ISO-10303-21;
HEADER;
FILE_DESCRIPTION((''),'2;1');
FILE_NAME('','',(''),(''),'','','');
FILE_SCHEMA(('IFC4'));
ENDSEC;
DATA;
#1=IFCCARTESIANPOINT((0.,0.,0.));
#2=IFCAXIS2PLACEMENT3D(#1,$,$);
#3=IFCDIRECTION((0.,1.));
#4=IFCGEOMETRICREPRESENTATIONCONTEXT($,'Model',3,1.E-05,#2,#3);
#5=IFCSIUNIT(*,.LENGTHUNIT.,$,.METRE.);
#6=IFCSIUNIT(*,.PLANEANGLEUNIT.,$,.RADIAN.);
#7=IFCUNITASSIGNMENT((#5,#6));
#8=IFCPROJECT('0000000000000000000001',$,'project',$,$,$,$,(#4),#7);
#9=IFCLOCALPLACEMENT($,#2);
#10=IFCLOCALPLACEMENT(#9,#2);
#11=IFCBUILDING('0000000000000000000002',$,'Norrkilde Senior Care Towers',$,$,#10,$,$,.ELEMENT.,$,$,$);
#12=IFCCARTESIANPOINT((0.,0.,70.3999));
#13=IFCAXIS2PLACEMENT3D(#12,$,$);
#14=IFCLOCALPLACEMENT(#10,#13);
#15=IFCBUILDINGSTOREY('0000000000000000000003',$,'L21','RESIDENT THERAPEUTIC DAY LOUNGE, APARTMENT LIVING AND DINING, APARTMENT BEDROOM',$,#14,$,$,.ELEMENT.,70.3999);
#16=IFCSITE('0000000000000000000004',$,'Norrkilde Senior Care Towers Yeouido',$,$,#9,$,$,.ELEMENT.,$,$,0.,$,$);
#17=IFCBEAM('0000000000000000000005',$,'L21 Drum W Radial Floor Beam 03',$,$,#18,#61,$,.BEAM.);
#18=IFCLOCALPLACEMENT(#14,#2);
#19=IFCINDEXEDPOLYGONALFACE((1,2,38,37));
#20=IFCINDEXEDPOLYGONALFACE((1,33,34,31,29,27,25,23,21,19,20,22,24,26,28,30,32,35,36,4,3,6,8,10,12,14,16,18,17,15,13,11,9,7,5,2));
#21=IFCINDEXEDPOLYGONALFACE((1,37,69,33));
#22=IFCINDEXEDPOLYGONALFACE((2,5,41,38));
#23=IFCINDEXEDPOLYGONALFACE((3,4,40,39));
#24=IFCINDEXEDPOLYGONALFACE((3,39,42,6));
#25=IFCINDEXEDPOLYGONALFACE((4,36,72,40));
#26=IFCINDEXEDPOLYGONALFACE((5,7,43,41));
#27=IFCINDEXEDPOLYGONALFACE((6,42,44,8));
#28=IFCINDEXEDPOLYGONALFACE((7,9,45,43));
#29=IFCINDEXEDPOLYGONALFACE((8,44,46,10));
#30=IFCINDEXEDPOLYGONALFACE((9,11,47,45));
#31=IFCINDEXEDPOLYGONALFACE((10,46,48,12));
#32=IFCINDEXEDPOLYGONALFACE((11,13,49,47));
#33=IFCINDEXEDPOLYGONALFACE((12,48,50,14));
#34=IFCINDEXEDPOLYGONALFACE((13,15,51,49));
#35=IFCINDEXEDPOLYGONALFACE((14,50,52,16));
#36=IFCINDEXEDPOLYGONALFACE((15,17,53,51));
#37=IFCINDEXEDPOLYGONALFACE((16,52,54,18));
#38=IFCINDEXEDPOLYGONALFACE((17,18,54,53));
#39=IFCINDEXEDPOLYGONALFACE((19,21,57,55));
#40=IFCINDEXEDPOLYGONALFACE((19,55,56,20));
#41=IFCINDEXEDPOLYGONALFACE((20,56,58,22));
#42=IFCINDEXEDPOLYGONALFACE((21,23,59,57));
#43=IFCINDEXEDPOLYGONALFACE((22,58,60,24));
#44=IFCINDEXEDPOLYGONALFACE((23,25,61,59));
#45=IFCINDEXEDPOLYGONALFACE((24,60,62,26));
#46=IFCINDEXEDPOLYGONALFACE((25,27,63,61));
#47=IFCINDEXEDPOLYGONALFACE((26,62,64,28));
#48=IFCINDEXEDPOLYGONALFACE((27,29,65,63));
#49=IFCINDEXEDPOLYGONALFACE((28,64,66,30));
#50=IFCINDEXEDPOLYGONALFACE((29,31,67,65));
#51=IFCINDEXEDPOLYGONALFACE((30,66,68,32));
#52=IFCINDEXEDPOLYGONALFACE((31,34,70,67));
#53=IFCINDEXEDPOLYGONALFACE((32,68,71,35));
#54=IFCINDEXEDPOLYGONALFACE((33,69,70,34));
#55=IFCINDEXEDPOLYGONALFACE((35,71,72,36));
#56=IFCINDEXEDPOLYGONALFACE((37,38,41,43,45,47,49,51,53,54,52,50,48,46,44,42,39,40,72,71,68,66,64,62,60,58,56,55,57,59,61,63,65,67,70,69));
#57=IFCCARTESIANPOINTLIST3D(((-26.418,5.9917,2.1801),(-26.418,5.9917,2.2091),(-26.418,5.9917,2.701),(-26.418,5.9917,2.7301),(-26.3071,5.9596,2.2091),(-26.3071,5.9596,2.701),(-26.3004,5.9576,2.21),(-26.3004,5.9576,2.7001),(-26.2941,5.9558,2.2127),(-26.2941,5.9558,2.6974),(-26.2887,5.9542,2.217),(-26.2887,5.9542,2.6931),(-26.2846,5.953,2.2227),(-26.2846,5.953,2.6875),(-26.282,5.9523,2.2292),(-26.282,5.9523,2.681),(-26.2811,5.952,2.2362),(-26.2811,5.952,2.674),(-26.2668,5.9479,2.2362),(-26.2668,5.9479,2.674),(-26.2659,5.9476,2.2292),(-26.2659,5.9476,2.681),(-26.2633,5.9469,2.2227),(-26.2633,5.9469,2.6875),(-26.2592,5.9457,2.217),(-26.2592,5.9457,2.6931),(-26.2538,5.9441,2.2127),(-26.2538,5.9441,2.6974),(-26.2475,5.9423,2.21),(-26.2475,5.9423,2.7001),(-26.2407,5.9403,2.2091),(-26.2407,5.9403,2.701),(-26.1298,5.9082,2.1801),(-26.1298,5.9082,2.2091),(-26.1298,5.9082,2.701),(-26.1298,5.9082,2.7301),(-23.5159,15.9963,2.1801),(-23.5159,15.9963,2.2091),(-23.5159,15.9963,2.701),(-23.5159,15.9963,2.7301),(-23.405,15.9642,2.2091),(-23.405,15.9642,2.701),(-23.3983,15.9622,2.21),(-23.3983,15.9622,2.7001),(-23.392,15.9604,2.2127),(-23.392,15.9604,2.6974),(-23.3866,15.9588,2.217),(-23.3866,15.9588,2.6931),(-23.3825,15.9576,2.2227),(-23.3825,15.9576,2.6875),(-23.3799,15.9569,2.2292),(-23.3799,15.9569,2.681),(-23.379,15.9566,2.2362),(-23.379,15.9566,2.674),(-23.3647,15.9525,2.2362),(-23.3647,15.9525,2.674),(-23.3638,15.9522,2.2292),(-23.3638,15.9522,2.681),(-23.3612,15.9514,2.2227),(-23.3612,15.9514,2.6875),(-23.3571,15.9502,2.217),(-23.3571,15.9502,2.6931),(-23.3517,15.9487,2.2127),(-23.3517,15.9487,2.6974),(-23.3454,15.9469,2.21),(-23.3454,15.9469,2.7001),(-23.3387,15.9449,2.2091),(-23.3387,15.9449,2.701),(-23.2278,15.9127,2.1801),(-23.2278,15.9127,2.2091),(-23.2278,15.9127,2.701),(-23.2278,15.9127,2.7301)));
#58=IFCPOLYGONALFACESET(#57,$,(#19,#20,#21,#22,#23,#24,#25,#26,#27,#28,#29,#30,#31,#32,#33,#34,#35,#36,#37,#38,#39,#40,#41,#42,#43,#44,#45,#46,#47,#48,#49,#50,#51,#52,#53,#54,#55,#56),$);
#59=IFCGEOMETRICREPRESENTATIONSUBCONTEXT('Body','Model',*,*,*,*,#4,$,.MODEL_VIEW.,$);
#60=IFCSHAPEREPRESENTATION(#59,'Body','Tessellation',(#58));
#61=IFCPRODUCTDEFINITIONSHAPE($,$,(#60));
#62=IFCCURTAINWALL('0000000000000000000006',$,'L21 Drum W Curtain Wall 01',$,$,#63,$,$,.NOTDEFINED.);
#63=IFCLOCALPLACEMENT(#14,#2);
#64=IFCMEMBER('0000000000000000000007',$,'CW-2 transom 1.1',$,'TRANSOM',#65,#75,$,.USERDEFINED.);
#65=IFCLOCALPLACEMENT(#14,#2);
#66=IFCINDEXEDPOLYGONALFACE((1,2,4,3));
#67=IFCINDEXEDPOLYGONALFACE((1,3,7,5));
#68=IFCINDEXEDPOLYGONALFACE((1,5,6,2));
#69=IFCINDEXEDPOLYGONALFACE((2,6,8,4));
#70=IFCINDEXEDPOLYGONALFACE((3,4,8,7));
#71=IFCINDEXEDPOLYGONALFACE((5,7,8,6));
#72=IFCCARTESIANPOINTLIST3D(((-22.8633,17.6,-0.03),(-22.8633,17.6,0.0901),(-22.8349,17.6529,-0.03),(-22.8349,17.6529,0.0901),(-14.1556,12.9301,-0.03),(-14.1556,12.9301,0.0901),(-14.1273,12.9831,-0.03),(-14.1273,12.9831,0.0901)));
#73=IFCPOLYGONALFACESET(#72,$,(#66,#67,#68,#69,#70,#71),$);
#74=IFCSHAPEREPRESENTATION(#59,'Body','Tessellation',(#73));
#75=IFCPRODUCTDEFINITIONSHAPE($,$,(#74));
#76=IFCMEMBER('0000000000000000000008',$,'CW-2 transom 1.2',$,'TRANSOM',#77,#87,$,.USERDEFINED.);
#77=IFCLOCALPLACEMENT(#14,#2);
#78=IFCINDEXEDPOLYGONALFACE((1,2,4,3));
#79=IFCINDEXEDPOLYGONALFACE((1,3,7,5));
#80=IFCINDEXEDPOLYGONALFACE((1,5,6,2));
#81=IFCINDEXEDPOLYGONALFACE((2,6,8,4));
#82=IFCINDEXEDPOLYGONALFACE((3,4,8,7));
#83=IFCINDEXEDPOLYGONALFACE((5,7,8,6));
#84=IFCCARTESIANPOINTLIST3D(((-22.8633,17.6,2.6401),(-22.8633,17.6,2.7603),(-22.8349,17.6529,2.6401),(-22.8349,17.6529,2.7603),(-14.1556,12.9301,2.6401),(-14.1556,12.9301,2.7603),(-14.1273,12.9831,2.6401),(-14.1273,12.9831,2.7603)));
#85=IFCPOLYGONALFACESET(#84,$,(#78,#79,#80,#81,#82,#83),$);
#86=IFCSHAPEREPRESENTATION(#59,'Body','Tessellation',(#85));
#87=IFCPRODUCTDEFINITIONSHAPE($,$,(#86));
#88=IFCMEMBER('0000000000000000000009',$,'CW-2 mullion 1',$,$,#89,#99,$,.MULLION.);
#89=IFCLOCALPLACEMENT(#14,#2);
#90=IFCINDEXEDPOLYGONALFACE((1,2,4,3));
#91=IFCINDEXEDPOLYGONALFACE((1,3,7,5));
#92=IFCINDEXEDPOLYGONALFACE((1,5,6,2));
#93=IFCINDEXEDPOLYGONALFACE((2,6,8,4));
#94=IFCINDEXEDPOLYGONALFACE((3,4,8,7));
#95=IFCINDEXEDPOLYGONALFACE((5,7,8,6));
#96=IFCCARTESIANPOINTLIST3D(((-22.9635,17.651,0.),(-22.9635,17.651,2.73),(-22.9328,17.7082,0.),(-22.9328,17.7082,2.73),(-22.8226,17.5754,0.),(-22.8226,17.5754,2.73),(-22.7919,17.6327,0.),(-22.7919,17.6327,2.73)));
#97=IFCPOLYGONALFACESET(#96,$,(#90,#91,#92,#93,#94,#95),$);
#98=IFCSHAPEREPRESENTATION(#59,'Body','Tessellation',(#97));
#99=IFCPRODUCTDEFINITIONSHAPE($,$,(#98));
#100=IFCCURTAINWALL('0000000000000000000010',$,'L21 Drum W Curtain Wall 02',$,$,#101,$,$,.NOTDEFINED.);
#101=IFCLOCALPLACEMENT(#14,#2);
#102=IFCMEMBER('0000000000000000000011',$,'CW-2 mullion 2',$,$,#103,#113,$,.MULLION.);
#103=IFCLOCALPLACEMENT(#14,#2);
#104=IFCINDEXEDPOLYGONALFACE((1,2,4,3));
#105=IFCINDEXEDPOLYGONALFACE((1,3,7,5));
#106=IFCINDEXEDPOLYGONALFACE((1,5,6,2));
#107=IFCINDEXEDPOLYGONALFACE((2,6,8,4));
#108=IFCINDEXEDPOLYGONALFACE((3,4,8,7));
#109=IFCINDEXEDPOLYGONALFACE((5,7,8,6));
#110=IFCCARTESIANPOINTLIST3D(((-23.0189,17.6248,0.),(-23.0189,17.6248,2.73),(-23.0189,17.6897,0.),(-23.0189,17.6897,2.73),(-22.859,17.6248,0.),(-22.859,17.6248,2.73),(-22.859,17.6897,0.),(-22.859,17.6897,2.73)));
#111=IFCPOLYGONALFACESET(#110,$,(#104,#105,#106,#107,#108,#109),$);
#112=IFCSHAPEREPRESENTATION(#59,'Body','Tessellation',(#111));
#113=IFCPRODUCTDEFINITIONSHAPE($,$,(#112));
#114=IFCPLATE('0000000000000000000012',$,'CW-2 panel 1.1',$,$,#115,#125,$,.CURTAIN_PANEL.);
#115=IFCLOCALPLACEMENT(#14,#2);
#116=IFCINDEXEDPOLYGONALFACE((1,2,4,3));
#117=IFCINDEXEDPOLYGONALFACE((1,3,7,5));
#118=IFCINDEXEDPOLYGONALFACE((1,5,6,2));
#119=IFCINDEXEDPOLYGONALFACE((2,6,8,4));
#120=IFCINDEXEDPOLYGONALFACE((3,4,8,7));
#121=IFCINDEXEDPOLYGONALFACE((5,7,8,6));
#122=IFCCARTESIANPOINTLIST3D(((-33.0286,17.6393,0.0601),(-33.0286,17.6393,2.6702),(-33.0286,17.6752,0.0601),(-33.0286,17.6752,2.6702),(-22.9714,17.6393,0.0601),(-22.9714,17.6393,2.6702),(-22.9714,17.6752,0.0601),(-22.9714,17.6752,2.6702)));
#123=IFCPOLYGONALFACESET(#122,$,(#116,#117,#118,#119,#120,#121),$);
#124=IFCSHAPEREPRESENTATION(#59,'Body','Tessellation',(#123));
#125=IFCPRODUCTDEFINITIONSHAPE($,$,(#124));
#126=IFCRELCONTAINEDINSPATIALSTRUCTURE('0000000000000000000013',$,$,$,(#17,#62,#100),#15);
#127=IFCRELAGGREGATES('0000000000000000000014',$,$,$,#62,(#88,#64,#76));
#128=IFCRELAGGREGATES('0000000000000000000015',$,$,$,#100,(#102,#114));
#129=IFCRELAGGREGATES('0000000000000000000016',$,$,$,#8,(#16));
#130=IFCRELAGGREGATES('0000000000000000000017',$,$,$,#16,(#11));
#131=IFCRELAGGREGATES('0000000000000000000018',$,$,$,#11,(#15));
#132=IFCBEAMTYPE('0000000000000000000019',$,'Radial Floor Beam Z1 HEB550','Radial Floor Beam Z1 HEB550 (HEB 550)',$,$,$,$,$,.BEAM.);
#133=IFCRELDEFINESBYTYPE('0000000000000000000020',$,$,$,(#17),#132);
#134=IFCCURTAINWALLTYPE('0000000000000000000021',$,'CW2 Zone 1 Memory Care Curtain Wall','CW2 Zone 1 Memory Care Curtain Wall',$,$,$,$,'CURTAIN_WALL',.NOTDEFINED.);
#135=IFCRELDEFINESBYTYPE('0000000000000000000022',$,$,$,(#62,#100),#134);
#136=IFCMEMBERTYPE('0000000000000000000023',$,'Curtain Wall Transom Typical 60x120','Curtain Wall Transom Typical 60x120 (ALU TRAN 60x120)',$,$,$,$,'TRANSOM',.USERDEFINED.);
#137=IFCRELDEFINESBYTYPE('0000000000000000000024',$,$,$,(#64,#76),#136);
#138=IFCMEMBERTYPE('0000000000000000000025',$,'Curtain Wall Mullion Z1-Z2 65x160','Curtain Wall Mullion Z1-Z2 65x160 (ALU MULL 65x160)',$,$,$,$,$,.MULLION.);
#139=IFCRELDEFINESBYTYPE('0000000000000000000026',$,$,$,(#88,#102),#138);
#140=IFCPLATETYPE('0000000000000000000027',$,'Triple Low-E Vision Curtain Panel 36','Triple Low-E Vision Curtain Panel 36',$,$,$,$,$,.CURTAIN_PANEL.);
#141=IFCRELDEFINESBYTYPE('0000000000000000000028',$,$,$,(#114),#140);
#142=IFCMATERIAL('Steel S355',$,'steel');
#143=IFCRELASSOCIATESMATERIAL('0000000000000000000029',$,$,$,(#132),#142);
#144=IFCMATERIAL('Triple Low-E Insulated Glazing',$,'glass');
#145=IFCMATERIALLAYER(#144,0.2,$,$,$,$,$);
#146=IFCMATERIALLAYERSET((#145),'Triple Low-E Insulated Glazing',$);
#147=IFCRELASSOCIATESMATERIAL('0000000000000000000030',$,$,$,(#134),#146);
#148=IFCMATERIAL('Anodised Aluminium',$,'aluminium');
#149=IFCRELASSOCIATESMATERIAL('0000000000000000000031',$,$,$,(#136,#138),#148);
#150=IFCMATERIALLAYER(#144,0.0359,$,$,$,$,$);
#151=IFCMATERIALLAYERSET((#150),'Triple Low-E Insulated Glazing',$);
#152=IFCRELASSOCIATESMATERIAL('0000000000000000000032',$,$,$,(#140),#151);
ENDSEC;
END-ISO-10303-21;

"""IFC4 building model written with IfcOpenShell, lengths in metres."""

from ifc_helpers import new_model, si_unit, direction, frame, origin, origin_2d, place, context, subcontext, project, spatial, rectangle, i_section, extrude, source, transform, mapped, material, layer, layer_set, material_profile, profile_set, type_object, type_shapes, element, aggregate, save


model = new_model("IFC4")

# Units and contexts
model_context = context("Model", 3, precision=1e-05, world=origin(), true_north=direction((0.0, 1.0)))
body_context = subcontext(model_context, "Body", "Model", "MODEL_VIEW")
ifc_project = project(units=[si_unit("LENGTHUNIT", "METRE"), si_unit("PLANEANGLEUNIT", "RADIAN")], contexts=[model_context])

# Site, building, storey
site_placement = place(None, origin())
site = spatial("IfcSite", under=ifc_project, at=site_placement, Name="Norrkilde Senior Care Towers Yeouido", CompositionType="ELEMENT", RefElevation=0.0)
building_placement = place(site_placement, origin())
building = spatial("IfcBuilding", under=site, at=building_placement, Name="Norrkilde Senior Care Towers", CompositionType="ELEMENT")
storey_placement = place(building_placement, frame((0.0, 0.0, 70.3999)))
storey = spatial("IfcBuildingStorey", under=building, at=storey_placement, Name="L21", Description="RESIDENT THERAPEUTIC DAY LOUNGE, APARTMENT LIVING AND DINING, APARTMENT BEDROOM", CompositionType="ELEMENT", Elevation=70.3999)

# Beam
ifc_material_1 = material(Name="Steel S355", Category="steel")
ifc_material_profile_1 = material_profile(ifc_material_1, i_section(OverallWidth=0.3, OverallDepth=0.55, WebThickness=0.0149, FlangeThickness=0.0291, FilletRadius=0.0271, at=origin_2d()), Name="HEB 550")
ifc_profile_set_1 = profile_set([ifc_material_profile_1], Name="Steel S355")
beam_type_1 = type_object("IfcBeamType", Name="Radial Floor Beam Z1 HEB550", Description="Radial Floor Beam Z1 HEB550 (HEB 550)", PredefinedType="BEAM", material=ifc_profile_set_1)
shared_shape_1 = source(origin(), body_context, "Body", "SweptSolid", [
    extrude(i_section(OverallWidth=0.3, OverallDepth=0.55, WebThickness=0.0149, FlangeThickness=0.0291, FilletRadius=0.0271, at=origin_2d()), origin(), (0.0, 0.0, 1.0), 10.417),
])
beam_1_placement = place(storey_placement, frame((-26.2739, 5.95, 2.4551), z_axis=(0.278591, 0.96041, 0.0), x_axis=(-0.96041, 0.278591, 0.0)))
element("IfcBeam", 1, at=beam_1_placement, inside=storey, type_object=beam_type_1, Name="L21 Drum W Radial Floor Beam 03", PredefinedType="BEAM", context=body_context, shape_type="MappedRepresentation", body=[
    mapped(shared_shape_1, transform((0.0, 0.0, 0.0), x_axis=(1.0, 0.0, 0.0), y_axis=(0.0, 1.0, 0.0), z_axis=(0.0, 0.0, 1.0), scale=1.0)),
])

# Curtain wall, members
ifc_material_2 = material(Name="Triple Low-E Insulated Glazing", Category="glass")
ifc_layer_1 = layer(ifc_material_2, 0.2)
ifc_layer_set_1 = layer_set([ifc_layer_1], Name="Triple Low-E Insulated Glazing")
curtain_wall_type = type_object("IfcCurtainWallType", Name="CW2 Zone 1 Memory Care Curtain Wall", Description="CW2 Zone 1 Memory Care Curtain Wall", ElementType="CURTAIN_WALL", PredefinedType="NOTDEFINED", material=ifc_layer_set_1)
curtain_wall_1_placement = place(storey_placement, origin())
curtain_wall_1 = element("IfcCurtainWall", 2, at=curtain_wall_1_placement, inside=storey, type_object=curtain_wall_type, Name="L21 Drum W Curtain Wall 01", PredefinedType="NOTDEFINED")
ifc_material_3 = material(Name="Anodised Aluminium", Category="aluminium")
ifc_material_profile_2 = material_profile(ifc_material_3, rectangle(XDim=0.0601, YDim=0.1201, at=origin_2d()), Name="ALU TRAN 60x120")
ifc_profile_set_2 = profile_set([ifc_material_profile_2], Name="Anodised Aluminium")
member_type_1 = type_object("IfcMemberType", Name="Curtain Wall Transom Typical 60x120", Description="Curtain Wall Transom Typical 60x120 (ALU TRAN 60x120)", ElementType="TRANSOM", PredefinedType="USERDEFINED", material=ifc_profile_set_2)
shared_shape_2 = source(origin(), body_context, "Body", "SweptSolid", [
    extrude(rectangle(XDim=0.0601, YDim=0.1201, at=origin_2d()), origin(), (0.0, 0.0, 1.0), 9.8809),
])
type_shapes(member_type_1, [shared_shape_2])
member_1_placement = place(storey_placement, frame((-22.8491, 17.6265, 0.03), z_axis=(0.881267, -0.472618, 0.0), x_axis=(0.472618, 0.881267, 0.0)))
member_1 = element("IfcMember", 3, at=member_1_placement, type_object=member_type_1, Name="CW-2 transom 1.1", ObjectType="TRANSOM", PredefinedType="USERDEFINED", context=body_context, shape_type="MappedRepresentation", body=[
    mapped(shared_shape_2, transform((0.0, 0.0, 0.0), x_axis=(1.0, 0.0, 0.0), y_axis=(0.0, 1.0, 0.0), z_axis=(0.0, 0.0, 1.0), scale=1.0)),
])
member_2_placement = place(storey_placement, frame((-22.8491, 17.6265, 2.7002), z_axis=(0.881267, -0.472618, 0.0), x_axis=(0.472618, 0.881267, 0.0)))
member_2 = element("IfcMember", 4, at=member_2_placement, type_object=member_type_1, Name="CW-2 transom 1.2", ObjectType="TRANSOM", PredefinedType="USERDEFINED", context=body_context, shape_type="MappedRepresentation", body=[
    mapped(shared_shape_2, transform((0.0, 0.0, 0.0), x_axis=(1.0, 0.0, 0.0), y_axis=(0.0, 1.0, 0.0), z_axis=(0.0, 0.0, 1.0), scale=1.0)),
])
ifc_material_profile_3 = material_profile(ifc_material_3, rectangle(XDim=0.0649, YDim=0.1599, at=origin_2d()), Name="ALU MULL 65x160")
ifc_profile_set_3 = profile_set([ifc_material_profile_3], Name="Anodised Aluminium")
member_type_2 = type_object("IfcMemberType", Name="Curtain Wall Mullion Z1-Z2 65x160", Description="Curtain Wall Mullion Z1-Z2 65x160 (ALU MULL 65x160)", PredefinedType="MULLION", material=ifc_profile_set_3)
shared_shape_3 = source(origin(), body_context, "Body", "SweptSolid", [
    extrude(rectangle(XDim=0.0649, YDim=0.1599, at=origin_2d()), origin(), (0.0, 0.0, 1.0), 2.73),
])
type_shapes(member_type_2, [shared_shape_3])
member_3_placement = place(storey_placement, frame((-22.8777, 17.6418, 0.0), z_axis=(0.0, 0.0, 1.0), x_axis=(0.472608, 0.881273, 0.0)))
member_3 = element("IfcMember", 5, at=member_3_placement, type_object=member_type_2, Name="CW-2 mullion 1", PredefinedType="MULLION", context=body_context, shape_type="MappedRepresentation", body=[
    mapped(shared_shape_3, transform((0.0, 0.0, 0.0), x_axis=(1.0, 0.0, 0.0), y_axis=(0.0, 1.0, 0.0), z_axis=(0.0, 0.0, 1.0), scale=1.0)),
])
aggregate(curtain_wall_1, [member_3, member_1, member_2])

# Curtain wall, member, plate
curtain_wall_2_placement = place(storey_placement, origin())
curtain_wall_2 = element("IfcCurtainWall", 6, at=curtain_wall_2_placement, inside=storey, type_object=curtain_wall_type, Name="L21 Drum W Curtain Wall 02", PredefinedType="NOTDEFINED")
member_4_placement = place(storey_placement, frame((-22.939, 17.6572, 0.0), z_axis=(0.0, 0.0, 1.0), x_axis=(0.0, 1.0, 0.0)))
member_4 = element("IfcMember", 7, at=member_4_placement, type_object=member_type_2, Name="CW-2 mullion 2", PredefinedType="MULLION", context=body_context, shape_type="MappedRepresentation", body=[
    mapped(shared_shape_3, transform((0.0, 0.0, 0.0), x_axis=(1.0, 0.0, 0.0), y_axis=(0.0, 1.0, 0.0), z_axis=(0.0, 0.0, 1.0), scale=1.0)),
])
ifc_layer_2 = layer(ifc_material_2, 0.0359)
ifc_layer_set_2 = layer_set([ifc_layer_2], Name="Triple Low-E Insulated Glazing")
plate_type = type_object("IfcPlateType", Name="Triple Low-E Vision Curtain Panel 36", Description="Triple Low-E Vision Curtain Panel 36", PredefinedType="CURTAIN_PANEL", material=ifc_layer_set_2)
shared_shape_4 = source(origin(), body_context, "Body", "SweptSolid", [
    extrude(rectangle(XDim=10.0571, YDim=0.0359, at=origin_2d()), origin(), (0.0, 0.0, 1.0), 2.6101),
])
type_shapes(plate_type, [shared_shape_4])
plate_placement = place(storey_placement, frame((-28.0, 17.6572, 0.0601), z_axis=(0.0, 0.0, 1.0), x_axis=(1.0, 0.0, 0.0)))
plate = element("IfcPlate", 8, at=plate_placement, type_object=plate_type, Name="CW-2 panel 1.1", PredefinedType="CURTAIN_PANEL", context=body_context, shape_type="MappedRepresentation", body=[
    mapped(shared_shape_4, transform((0.0, 0.0, 0.0), x_axis=(1.0, 0.0, 0.0), y_axis=(0.0, 1.0, 0.0), z_axis=(0.0, 0.0, 1.0), scale=1.0)),
])
aggregate(curtain_wall_2, [member_4, plate])

save(model, "model.ifc")
